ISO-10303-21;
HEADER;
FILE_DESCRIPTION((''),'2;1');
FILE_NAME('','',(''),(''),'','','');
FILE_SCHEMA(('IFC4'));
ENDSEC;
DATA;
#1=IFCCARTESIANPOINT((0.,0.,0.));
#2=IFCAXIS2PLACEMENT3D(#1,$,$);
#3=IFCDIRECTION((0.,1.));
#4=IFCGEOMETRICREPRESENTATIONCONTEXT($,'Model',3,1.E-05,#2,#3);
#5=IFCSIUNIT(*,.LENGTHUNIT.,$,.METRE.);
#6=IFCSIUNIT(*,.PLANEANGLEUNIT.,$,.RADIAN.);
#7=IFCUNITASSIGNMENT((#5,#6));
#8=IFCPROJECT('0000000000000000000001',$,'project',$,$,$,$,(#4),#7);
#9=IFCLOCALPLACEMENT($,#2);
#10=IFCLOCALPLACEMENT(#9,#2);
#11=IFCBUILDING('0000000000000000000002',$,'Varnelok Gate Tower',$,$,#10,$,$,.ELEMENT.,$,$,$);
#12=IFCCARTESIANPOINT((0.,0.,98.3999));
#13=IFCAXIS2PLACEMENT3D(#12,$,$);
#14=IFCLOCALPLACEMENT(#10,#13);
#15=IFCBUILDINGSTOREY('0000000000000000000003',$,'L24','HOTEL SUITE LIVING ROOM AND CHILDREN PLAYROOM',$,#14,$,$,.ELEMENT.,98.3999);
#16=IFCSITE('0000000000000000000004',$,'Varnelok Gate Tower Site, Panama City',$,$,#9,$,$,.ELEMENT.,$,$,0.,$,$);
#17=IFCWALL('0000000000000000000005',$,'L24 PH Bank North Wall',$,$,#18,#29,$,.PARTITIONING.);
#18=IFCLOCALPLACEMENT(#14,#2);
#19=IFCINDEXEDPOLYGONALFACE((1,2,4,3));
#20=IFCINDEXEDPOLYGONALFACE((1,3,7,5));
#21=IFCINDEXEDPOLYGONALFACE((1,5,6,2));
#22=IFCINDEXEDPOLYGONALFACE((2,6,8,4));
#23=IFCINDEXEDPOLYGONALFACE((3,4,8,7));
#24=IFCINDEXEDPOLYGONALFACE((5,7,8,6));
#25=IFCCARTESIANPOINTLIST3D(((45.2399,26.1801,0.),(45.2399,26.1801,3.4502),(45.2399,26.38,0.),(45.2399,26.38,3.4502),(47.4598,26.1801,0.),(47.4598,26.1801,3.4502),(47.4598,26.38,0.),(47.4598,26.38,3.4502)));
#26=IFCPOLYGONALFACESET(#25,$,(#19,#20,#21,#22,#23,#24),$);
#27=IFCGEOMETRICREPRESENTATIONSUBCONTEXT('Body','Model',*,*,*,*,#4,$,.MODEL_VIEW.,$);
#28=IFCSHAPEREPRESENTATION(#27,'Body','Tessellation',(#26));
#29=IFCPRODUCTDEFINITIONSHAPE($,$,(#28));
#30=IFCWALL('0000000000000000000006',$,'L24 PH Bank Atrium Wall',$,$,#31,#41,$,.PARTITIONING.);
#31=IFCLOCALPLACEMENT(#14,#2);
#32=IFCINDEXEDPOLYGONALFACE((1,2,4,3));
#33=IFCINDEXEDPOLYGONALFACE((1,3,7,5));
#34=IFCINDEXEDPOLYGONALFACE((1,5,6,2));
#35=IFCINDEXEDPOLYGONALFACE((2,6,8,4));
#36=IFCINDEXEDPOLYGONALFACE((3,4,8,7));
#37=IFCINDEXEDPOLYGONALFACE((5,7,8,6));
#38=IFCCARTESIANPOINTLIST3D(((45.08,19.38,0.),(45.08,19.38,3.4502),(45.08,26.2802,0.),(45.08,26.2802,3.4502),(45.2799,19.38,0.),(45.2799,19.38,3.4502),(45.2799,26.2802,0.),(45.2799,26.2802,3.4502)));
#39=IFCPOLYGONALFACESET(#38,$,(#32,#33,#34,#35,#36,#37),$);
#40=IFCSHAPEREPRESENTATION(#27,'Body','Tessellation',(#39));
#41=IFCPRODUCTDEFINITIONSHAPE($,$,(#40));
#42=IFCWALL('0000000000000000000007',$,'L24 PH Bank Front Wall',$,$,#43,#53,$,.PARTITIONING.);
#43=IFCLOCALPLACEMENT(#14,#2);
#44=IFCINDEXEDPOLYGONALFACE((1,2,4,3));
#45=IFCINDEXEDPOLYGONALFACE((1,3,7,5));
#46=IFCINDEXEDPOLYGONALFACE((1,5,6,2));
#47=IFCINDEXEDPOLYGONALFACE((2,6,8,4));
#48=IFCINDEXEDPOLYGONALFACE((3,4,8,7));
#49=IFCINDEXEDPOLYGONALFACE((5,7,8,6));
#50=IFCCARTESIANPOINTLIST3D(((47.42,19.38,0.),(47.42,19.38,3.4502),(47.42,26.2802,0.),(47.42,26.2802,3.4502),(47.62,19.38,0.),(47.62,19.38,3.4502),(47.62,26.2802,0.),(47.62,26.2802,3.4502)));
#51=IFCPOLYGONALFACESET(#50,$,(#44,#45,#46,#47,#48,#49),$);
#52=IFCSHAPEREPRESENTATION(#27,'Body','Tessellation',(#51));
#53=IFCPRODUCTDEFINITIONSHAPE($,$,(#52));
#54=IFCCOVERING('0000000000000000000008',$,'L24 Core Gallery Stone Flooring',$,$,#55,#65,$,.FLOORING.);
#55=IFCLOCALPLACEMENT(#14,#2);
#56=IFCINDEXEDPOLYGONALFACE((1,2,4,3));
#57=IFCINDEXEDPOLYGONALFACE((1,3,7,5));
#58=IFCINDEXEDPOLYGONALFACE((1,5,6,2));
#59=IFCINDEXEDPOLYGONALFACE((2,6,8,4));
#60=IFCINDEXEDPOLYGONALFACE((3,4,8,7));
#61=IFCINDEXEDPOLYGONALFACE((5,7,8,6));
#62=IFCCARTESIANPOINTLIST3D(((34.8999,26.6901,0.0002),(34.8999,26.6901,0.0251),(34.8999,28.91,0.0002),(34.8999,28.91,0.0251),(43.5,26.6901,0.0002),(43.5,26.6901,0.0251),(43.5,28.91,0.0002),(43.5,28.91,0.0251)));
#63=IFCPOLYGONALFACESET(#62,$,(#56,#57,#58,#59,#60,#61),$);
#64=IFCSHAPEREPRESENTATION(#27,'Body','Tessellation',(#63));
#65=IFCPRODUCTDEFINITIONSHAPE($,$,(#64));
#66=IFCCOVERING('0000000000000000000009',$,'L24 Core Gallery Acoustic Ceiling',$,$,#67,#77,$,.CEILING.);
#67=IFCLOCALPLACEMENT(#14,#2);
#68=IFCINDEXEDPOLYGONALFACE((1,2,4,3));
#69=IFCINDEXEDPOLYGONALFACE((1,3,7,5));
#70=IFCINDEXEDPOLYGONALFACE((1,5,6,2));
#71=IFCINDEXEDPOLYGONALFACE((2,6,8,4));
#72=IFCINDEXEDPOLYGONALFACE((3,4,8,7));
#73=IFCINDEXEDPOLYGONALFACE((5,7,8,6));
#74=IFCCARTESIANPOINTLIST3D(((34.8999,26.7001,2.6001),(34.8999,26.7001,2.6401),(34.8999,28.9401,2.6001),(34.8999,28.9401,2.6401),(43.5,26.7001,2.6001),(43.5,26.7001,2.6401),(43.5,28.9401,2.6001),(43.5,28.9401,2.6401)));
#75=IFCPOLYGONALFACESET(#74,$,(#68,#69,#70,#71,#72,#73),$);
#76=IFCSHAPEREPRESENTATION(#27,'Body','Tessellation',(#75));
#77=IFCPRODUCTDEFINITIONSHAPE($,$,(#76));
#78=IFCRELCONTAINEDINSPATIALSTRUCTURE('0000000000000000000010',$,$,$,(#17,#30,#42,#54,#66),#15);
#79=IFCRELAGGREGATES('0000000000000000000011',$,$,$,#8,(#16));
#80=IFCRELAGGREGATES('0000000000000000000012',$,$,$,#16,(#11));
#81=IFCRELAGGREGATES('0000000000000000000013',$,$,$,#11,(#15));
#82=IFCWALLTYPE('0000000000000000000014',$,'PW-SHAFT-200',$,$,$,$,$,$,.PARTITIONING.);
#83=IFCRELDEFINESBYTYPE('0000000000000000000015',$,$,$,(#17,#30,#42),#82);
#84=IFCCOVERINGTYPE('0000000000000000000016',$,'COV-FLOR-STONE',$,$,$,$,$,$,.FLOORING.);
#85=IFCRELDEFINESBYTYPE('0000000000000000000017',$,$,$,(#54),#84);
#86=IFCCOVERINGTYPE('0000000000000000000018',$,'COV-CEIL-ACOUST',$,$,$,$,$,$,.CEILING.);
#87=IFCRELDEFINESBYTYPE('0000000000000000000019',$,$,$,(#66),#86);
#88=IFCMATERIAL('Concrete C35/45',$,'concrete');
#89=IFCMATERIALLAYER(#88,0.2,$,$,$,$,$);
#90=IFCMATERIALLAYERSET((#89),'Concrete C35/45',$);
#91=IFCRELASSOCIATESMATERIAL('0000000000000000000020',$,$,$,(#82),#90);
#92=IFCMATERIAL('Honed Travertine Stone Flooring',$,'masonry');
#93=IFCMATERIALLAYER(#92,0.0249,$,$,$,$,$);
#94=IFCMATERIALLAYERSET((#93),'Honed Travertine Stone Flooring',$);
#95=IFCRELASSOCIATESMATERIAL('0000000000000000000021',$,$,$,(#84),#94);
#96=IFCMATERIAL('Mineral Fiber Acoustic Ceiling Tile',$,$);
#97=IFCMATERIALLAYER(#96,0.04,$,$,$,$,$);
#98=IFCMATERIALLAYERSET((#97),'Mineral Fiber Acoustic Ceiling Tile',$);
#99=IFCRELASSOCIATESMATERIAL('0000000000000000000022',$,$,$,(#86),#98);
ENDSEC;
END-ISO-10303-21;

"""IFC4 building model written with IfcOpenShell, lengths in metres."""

from ifc_helpers import new_model, si_unit, direction, frame, frame_2d, origin, origin_2d, place, context, subcontext, project, spatial, rectangle, extrude, source, transform, mapped, material, layer, layer_set, type_object, element, save


model = new_model("IFC4")

# Units and contexts
model_context = context("Model", 3, precision=1e-05, world=origin(), true_north=direction((0.0, 1.0)))
body_context = subcontext(model_context, "Body", "Model", "MODEL_VIEW")
ifc_project = project(units=[si_unit("LENGTHUNIT", "METRE"), si_unit("PLANEANGLEUNIT", "RADIAN")], contexts=[model_context])

# Site, building, storey
site_placement = place(None, origin())
site = spatial("IfcSite", under=ifc_project, at=site_placement, Name="Varnelok Gate Tower Site, Panama City", CompositionType="ELEMENT", RefElevation=0.0)
building_placement = place(site_placement, origin())
building = spatial("IfcBuilding", under=site, at=building_placement, Name="Varnelok Gate Tower", CompositionType="ELEMENT")
storey_placement = place(building_placement, frame((0.0, 0.0, 98.3999)))
storey = spatial("IfcBuildingStorey", under=building, at=storey_placement, Name="L24", Description="HOTEL SUITE LIVING ROOM AND CHILDREN PLAYROOM", CompositionType="ELEMENT", Elevation=98.3999)

# Walls
ifc_material_1 = material(Name="Concrete C35/45", Category="concrete")
ifc_layer_1 = layer(ifc_material_1, 0.2)
ifc_layer_set_1 = layer_set([ifc_layer_1], Name="Concrete C35/45")
wall_type_1 = type_object("IfcWallType", Name="PW-SHAFT-200", PredefinedType="PARTITIONING", material=ifc_layer_set_1)
wall_1_placement = place(storey_placement, frame((45.24, 26.28, 0.0), z_axis=(0.0, 0.0, 1.0), x_axis=(1.0, 0.0, 0.0)))
element("IfcWall", 1, at=wall_1_placement, inside=storey, type_object=wall_type_1, Name="L24 PH Bank North Wall", PredefinedType="PARTITIONING", context=body_context, shape_type="SweptSolid", body=[
    extrude(rectangle(XDim=2.22, YDim=0.2, at=frame_2d((1.1099, 0.0))), origin(), (0.0, 0.0, 1.0), 3.4502),
])
for number, where, z_axis, x_axis, name in (
    (2, (45.1799, 19.3799, 0.0), (0.0, 0.0, 1.0), (0.0, 1.0, 0.0), "L24 PH Bank Atrium Wall"),
    (3, (47.52, 19.3799, 0.0), (0.0, 0.0, 1.0), (0.0, 1.0, 0.0), "L24 PH Bank Front Wall"),
):
    element("IfcWall", number, at=place(storey_placement, frame(where, z_axis=z_axis, x_axis=x_axis)), inside=storey, type_object=wall_type_1, Name=name, PredefinedType="PARTITIONING", context=body_context, shape_type="SweptSolid", body=[
        extrude(rectangle(XDim=6.9001, YDim=0.2, at=frame_2d((3.4502, 0.0))), origin(), (0.0, 0.0, 1.0), 3.4502),
    ])

# Coverings
ifc_material_2 = material(Name="Honed Travertine Stone Flooring", Category="masonry")
ifc_layer_2 = layer(ifc_material_2, 0.0249)
ifc_layer_set_2 = layer_set([ifc_layer_2], Name="Honed Travertine Stone Flooring")
covering_type_1 = type_object("IfcCoveringType", Name="COV-FLOR-STONE", PredefinedType="FLOORING", material=ifc_layer_set_2)
shared_shape_1 = source(origin(), body_context, "Body", "SweptSolid", [
    extrude(rectangle(XDim=8.6001, YDim=2.22, at=origin_2d()), origin(), (0.0, 0.0, 1.0), 0.0249),
])
covering_1_placement = place(storey_placement, frame((39.2, 27.8, 0.0002), z_axis=(0.0, 0.0, 1.0), x_axis=(1.0, 0.0, 0.0)))
element("IfcCovering", 4, at=covering_1_placement, inside=storey, type_object=covering_type_1, Name="L24 Core Gallery Stone Flooring", PredefinedType="FLOORING", context=body_context, shape_type="MappedRepresentation", body=[
    mapped(shared_shape_1, transform((0.0, 0.0, 0.0), scale=1.0)),
])
ifc_material_3 = material(Name="Mineral Fiber Acoustic Ceiling Tile")
ifc_layer_3 = layer(ifc_material_3, 0.04)
ifc_layer_set_3 = layer_set([ifc_layer_3], Name="Mineral Fiber Acoustic Ceiling Tile")
covering_type_2 = type_object("IfcCoveringType", Name="COV-CEIL-ACOUST", PredefinedType="CEILING", material=ifc_layer_set_3)
shared_shape_2 = source(origin(), body_context, "Body", "SweptSolid", [
    extrude(rectangle(XDim=8.6001, YDim=2.24, at=origin_2d()), origin(), (0.0, 0.0, 1.0), 0.04),
])
covering_2_placement = place(storey_placement, frame((39.2, 27.8201, 2.6001), z_axis=(0.0, 0.0, 1.0), x_axis=(1.0, 0.0, 0.0)))
element("IfcCovering", 5, at=covering_2_placement, inside=storey, type_object=covering_type_2, Name="L24 Core Gallery Acoustic Ceiling", PredefinedType="CEILING", context=body_context, shape_type="MappedRepresentation", body=[
    mapped(shared_shape_2, transform((0.0, 0.0, 0.0), scale=1.0)),
])

save(model, "model.ifc")
